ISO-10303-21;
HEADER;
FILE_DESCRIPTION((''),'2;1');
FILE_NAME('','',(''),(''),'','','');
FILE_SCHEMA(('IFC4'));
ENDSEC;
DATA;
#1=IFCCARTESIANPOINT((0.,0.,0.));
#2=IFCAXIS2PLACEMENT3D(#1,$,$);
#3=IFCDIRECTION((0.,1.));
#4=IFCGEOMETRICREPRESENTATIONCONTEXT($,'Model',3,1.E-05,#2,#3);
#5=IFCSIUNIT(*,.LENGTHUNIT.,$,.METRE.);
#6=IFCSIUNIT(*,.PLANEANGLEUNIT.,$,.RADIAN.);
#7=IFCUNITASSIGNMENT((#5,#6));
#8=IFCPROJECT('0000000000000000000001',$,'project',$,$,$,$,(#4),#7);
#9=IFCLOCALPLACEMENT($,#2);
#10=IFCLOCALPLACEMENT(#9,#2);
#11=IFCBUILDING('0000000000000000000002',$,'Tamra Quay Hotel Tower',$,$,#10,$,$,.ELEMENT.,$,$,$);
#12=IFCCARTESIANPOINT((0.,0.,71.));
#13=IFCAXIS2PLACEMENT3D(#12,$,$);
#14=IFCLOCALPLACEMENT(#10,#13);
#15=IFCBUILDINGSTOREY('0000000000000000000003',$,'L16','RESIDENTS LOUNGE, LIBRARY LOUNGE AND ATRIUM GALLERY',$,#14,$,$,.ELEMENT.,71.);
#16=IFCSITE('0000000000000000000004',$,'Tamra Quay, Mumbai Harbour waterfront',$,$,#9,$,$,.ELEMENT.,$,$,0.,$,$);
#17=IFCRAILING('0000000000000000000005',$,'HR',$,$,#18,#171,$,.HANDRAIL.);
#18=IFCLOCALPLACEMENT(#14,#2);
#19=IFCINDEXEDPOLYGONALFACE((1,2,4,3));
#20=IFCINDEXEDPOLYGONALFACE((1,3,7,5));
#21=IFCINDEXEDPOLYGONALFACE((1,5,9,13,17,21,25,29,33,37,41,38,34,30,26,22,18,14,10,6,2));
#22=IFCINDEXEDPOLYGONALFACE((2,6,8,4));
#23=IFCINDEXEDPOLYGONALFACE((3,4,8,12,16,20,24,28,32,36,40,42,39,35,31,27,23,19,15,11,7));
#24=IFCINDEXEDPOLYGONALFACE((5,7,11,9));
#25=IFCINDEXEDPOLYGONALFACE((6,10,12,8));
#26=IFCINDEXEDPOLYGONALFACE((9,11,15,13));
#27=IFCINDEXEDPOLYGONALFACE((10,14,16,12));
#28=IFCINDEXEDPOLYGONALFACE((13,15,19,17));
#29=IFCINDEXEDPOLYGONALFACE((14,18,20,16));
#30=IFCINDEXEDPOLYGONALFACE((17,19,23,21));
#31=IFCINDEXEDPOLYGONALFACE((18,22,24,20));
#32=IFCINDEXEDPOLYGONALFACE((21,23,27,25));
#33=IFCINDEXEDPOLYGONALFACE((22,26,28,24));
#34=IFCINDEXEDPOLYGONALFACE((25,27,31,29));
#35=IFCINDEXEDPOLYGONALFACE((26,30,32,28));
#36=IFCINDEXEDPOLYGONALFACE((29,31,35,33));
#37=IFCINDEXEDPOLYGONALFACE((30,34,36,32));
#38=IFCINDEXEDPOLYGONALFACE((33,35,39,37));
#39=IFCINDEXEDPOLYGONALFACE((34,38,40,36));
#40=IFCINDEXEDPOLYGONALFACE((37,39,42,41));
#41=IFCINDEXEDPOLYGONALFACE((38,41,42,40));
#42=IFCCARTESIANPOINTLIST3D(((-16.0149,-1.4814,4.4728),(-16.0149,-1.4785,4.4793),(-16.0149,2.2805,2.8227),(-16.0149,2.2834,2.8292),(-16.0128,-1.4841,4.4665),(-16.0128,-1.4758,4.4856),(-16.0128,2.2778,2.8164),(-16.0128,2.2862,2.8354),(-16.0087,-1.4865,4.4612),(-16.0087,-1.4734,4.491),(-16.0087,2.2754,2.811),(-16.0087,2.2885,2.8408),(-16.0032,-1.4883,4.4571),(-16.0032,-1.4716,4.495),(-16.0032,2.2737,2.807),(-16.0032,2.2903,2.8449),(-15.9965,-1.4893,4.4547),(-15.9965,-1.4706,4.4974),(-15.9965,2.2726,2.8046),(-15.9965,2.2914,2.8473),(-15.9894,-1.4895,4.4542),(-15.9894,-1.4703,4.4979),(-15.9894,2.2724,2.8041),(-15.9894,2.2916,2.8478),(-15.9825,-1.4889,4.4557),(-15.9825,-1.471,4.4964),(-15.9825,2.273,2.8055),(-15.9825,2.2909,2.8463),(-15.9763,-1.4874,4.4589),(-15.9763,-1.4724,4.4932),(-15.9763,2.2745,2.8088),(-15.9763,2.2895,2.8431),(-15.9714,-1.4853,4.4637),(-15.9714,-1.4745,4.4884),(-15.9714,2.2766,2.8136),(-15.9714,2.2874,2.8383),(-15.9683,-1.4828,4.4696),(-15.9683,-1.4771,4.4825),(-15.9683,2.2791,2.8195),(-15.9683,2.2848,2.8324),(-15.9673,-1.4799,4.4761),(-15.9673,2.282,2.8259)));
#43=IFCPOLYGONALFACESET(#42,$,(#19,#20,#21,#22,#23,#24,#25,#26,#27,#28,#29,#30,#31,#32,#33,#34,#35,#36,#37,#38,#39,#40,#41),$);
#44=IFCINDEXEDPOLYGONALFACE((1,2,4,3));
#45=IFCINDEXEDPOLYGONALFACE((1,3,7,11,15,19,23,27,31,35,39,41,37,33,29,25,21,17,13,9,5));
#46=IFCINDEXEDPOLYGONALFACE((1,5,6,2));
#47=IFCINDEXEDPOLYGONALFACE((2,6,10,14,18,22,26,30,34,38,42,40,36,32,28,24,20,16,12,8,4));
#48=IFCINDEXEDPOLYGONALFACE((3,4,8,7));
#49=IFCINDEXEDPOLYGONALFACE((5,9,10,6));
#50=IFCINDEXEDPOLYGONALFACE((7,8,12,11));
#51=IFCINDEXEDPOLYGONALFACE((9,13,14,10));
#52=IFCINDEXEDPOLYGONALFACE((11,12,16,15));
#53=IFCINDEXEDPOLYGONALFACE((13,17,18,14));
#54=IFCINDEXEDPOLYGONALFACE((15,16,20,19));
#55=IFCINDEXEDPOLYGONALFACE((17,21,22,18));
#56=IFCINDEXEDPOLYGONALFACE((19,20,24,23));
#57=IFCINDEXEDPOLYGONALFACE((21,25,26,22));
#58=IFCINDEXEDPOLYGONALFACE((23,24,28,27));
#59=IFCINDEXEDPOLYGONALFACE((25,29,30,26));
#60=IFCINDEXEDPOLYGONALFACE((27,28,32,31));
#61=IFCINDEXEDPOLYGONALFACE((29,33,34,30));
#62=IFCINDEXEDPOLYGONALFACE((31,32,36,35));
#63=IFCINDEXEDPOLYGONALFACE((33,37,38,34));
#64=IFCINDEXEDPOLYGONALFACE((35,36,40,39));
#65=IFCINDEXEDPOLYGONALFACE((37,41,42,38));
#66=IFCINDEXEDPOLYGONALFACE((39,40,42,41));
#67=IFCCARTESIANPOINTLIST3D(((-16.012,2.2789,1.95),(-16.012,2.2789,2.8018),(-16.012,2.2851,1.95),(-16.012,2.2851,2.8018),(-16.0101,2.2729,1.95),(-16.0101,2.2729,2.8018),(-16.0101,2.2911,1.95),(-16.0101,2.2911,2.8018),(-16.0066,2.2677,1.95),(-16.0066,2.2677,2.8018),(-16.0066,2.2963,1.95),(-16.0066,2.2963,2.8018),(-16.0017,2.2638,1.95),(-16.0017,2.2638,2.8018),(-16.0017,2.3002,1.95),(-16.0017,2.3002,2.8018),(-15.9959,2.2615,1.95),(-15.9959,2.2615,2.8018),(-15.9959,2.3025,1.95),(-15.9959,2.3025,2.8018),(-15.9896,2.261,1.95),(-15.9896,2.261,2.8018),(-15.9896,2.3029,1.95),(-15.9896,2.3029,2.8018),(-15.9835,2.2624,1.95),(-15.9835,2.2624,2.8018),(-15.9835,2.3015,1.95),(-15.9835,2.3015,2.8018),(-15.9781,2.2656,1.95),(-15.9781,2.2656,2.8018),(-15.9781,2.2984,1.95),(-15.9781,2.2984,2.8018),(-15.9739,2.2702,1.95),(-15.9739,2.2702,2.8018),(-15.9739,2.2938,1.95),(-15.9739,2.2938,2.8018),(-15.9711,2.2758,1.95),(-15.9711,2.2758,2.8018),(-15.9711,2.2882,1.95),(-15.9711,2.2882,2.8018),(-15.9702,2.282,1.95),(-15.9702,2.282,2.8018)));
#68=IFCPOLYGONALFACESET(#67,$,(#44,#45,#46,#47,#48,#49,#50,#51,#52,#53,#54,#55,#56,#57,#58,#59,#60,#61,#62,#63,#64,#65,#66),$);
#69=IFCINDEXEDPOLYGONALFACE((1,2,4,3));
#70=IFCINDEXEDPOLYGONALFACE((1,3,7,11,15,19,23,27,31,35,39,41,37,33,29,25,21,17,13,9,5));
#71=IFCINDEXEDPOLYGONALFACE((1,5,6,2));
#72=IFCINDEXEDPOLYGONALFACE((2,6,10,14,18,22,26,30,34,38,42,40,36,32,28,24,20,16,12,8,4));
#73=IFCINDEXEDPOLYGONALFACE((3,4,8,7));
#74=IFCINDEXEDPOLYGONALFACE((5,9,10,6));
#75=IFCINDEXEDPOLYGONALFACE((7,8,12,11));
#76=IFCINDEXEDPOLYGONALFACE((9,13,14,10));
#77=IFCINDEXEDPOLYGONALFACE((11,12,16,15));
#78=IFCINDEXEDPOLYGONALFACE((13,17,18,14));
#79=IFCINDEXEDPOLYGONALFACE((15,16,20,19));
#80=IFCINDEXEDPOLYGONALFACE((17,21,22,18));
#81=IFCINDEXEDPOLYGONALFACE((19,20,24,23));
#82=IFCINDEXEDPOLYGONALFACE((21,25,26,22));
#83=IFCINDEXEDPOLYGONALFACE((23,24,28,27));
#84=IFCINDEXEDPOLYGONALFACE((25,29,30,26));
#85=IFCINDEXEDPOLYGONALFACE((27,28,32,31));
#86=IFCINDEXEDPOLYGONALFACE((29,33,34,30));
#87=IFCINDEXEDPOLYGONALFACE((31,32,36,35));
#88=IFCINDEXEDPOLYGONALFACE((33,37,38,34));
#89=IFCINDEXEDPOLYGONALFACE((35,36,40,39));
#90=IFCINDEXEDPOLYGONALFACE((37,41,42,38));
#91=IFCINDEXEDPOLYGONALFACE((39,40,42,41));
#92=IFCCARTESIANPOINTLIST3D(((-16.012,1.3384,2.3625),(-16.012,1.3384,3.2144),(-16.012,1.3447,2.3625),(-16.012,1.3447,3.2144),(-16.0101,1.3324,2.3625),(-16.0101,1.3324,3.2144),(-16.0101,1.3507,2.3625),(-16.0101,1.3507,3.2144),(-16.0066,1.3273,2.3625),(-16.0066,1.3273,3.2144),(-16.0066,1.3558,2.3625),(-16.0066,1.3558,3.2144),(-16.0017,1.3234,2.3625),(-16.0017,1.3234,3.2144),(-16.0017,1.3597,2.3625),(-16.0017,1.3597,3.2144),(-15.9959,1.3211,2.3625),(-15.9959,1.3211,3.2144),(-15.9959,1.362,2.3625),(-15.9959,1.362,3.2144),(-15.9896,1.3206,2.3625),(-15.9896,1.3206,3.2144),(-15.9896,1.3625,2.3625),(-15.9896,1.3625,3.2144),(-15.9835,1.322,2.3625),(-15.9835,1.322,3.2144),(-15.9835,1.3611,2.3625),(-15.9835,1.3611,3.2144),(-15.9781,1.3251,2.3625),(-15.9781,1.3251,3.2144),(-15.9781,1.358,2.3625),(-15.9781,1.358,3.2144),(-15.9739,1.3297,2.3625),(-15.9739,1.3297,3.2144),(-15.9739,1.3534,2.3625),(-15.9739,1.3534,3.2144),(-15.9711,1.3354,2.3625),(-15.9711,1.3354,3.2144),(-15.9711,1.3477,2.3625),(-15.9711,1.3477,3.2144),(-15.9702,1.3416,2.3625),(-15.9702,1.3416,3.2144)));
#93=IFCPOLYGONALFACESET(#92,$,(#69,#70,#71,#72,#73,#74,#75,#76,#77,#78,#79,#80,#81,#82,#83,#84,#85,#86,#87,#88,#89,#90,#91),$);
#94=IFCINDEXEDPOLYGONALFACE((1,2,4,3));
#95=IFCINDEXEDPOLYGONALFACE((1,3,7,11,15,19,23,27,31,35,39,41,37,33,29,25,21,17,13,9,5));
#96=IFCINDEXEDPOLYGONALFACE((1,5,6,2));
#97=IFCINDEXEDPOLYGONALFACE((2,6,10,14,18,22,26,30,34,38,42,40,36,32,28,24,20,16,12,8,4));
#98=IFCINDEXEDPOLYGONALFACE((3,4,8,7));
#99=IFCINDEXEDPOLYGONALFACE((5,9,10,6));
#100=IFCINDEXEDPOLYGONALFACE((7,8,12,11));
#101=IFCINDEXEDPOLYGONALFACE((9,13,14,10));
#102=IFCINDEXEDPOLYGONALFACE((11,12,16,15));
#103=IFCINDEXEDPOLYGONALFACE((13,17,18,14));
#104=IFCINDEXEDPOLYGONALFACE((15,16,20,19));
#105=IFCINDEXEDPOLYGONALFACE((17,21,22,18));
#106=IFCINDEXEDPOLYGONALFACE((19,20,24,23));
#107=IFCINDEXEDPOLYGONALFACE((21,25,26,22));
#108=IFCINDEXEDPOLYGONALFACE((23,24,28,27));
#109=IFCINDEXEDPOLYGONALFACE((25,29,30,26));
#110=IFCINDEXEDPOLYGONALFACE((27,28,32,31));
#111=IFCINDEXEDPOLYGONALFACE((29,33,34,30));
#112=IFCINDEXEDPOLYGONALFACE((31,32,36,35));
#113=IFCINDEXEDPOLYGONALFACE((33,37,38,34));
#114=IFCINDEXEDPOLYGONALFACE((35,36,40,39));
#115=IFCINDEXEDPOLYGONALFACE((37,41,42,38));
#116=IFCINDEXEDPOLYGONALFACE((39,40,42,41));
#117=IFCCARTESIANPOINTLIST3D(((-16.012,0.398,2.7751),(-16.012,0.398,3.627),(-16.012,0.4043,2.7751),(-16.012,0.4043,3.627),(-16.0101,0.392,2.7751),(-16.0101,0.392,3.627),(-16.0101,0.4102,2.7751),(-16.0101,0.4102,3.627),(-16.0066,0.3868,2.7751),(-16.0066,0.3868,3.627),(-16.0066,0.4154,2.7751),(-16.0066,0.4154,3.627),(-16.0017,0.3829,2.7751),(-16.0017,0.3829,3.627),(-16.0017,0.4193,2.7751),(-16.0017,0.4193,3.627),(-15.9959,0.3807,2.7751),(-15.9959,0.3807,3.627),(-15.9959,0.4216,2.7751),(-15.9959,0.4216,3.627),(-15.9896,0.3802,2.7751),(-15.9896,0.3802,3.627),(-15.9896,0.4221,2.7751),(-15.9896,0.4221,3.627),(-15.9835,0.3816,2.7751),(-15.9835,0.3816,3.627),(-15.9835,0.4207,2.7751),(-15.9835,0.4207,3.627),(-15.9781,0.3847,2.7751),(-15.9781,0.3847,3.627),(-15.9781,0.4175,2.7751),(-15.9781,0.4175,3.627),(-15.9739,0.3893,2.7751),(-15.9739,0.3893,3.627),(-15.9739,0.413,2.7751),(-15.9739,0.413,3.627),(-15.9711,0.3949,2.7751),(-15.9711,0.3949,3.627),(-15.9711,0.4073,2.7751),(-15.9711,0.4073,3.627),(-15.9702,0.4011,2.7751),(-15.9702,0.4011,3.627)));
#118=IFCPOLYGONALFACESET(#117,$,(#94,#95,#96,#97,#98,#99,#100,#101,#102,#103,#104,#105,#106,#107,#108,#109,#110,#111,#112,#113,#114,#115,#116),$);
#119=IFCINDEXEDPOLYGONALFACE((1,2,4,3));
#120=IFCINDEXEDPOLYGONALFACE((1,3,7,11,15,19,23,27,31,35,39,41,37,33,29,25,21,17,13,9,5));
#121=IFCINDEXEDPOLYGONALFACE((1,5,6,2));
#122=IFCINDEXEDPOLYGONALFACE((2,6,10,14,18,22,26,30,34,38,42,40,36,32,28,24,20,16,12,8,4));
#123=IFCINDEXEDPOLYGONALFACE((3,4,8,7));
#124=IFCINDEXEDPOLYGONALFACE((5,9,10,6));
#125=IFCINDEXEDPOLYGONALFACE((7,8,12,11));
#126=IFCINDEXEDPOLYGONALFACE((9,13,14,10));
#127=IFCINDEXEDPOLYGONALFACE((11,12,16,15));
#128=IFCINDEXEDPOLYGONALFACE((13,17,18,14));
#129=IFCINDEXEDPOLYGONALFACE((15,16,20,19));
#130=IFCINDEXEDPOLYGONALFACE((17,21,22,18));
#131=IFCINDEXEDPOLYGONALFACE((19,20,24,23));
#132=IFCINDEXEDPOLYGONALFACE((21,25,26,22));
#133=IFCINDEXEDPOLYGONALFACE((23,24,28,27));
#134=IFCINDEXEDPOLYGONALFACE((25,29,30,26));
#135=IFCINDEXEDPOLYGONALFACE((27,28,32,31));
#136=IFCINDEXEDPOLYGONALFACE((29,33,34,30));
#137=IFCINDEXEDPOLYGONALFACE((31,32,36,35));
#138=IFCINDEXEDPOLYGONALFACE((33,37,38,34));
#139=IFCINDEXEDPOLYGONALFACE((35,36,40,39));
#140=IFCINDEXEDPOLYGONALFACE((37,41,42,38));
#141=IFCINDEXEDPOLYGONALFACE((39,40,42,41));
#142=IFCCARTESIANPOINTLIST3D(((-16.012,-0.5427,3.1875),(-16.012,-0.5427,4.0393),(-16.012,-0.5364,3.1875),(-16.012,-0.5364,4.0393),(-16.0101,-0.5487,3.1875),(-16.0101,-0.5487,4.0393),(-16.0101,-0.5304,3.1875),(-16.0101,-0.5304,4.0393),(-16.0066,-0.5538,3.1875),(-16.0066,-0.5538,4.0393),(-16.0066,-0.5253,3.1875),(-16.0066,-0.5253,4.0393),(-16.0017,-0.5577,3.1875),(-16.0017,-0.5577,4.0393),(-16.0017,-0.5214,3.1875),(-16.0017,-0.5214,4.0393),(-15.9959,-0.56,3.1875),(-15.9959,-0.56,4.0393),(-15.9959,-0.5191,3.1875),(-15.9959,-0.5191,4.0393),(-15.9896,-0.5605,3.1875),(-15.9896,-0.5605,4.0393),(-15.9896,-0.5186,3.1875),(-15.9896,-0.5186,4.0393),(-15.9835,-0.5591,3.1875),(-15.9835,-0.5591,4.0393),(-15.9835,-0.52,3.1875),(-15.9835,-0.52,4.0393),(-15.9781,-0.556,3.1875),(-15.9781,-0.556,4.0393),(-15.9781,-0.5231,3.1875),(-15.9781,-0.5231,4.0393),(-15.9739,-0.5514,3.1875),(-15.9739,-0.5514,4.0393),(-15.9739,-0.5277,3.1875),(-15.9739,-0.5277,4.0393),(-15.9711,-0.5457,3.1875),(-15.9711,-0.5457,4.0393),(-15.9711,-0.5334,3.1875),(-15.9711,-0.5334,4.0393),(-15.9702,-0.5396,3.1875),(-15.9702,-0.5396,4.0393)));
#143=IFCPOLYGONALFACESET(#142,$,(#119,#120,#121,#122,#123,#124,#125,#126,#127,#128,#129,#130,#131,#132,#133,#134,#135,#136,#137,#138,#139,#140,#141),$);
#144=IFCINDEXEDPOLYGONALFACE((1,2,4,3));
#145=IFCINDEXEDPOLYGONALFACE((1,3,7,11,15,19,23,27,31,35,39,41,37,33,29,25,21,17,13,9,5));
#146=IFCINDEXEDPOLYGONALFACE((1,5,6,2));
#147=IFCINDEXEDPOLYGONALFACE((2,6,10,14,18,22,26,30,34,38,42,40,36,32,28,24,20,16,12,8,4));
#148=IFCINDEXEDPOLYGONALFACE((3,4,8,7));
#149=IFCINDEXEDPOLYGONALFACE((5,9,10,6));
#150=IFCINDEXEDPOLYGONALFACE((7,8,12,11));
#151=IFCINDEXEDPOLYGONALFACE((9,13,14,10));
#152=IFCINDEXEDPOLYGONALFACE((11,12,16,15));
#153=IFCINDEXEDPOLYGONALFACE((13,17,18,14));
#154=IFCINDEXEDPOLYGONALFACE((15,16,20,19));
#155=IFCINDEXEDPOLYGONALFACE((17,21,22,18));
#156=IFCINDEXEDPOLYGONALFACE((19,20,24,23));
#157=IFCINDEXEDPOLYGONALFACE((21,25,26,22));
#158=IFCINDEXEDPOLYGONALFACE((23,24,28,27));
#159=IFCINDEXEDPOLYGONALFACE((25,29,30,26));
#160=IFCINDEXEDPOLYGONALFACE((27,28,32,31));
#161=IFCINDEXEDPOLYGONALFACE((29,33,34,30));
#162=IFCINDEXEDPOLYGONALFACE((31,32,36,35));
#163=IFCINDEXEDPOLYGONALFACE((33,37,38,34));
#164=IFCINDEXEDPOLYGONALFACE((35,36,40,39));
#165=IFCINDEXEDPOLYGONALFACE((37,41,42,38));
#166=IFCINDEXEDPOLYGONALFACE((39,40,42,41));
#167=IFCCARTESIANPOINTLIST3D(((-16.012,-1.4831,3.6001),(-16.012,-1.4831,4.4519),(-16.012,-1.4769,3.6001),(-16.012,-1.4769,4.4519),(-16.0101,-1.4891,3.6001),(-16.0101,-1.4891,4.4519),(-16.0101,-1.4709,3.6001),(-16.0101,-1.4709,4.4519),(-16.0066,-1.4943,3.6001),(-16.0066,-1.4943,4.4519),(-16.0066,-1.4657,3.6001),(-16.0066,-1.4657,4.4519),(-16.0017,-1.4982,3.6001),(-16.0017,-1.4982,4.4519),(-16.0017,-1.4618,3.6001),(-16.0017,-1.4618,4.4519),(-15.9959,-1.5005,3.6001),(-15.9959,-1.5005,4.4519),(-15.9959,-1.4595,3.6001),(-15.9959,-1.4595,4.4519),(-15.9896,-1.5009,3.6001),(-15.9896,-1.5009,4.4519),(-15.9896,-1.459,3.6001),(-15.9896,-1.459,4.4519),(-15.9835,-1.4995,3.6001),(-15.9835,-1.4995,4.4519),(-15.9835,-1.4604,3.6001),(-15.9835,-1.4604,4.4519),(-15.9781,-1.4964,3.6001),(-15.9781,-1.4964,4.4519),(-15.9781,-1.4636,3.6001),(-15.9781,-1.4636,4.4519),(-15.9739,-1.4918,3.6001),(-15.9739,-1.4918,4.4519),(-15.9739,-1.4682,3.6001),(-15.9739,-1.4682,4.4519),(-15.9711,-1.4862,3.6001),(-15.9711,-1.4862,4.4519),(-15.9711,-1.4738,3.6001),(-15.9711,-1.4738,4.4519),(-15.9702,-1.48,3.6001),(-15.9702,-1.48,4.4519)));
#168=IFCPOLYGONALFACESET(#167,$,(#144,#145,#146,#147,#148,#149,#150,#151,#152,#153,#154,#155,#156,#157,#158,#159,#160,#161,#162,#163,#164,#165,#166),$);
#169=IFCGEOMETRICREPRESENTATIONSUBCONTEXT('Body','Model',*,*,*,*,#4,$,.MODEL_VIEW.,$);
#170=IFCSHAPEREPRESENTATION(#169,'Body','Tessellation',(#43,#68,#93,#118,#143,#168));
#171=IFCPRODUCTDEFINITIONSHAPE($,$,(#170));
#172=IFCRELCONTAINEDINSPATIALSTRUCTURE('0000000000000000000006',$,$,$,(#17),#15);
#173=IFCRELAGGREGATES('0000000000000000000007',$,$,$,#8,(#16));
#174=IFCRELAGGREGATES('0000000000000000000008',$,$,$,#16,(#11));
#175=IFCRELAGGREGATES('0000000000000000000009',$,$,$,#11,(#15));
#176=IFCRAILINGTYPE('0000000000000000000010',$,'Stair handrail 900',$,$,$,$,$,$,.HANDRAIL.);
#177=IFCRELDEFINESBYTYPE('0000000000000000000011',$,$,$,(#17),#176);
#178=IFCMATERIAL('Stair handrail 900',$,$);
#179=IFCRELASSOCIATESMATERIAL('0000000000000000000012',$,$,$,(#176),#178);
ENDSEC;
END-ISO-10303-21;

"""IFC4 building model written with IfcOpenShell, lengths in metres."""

from ifc_helpers import new_model, si_unit, direction, frame, origin, origin_2d, place, context, subcontext, project, spatial, circle, extrude, material, type_object, element, save


model = new_model("IFC4")

# Units and contexts
model_context = context("Model", 3, precision=1e-05, world=origin(), true_north=direction((0.0, 1.0)))
body_context = subcontext(model_context, "Body", "Model", "MODEL_VIEW")
ifc_project = project(units=[si_unit("LENGTHUNIT", "METRE"), si_unit("PLANEANGLEUNIT", "RADIAN")], contexts=[model_context])

# Site, building, storey
site_placement = place(None, origin())
site = spatial("IfcSite", under=ifc_project, at=site_placement, Name="Tamra Quay, Mumbai Harbour waterfront", CompositionType="ELEMENT", RefElevation=0.0)
building_placement = place(site_placement, origin())
building = spatial("IfcBuilding", under=site, at=building_placement, Name="Tamra Quay Hotel Tower", CompositionType="ELEMENT")
storey_placement = place(building_placement, frame((0.0, 0.0, 71.0)))
storey = spatial("IfcBuildingStorey", under=building, at=storey_placement, Name="L16", Description="RESIDENTS LOUNGE, LIBRARY LOUNGE AND ATRIUM GALLERY", CompositionType="ELEMENT", Elevation=71.0)

# Railing
ifc_material_1 = material(Name="Stair handrail 900")
railing_type = type_object("IfcRailingType", Name="Stair handrail 900", PredefinedType="HANDRAIL", material=ifc_material_1)
railing_1_placement = place(storey_placement, frame((-15.9912, 2.282, 1.95)))
element("IfcRailing", 1, at=railing_1_placement, inside=storey, type_object=railing_type, Name="HR", PredefinedType="HANDRAIL", context=body_context, shape_type="SweptSolid", body=[
    extrude(circle(Radius=0.0239, at=origin_2d()), frame((0.0, 0.0, 0.876), z_axis=(0.0, -0.915774, 0.401695), x_axis=(1.0, 0.0, 0.0)), (0.0, 0.0, 1.0), 4.1079),
    extrude(circle(Radius=0.021, at=origin_2d()), origin(), (0.0, 0.0, 1.0), 0.8518),
    extrude(circle(Radius=0.021, at=origin_2d()), frame((0.0, -0.9404, 0.4126)), (0.0, 0.0, 1.0), 0.8518),
    extrude(circle(Radius=0.021, at=origin_2d()), frame((0.0, -1.8809, 0.8252)), (0.0, 0.0, 1.0), 0.8518),
    extrude(circle(Radius=0.021, at=origin_2d()), frame((0.0, -2.8215, 1.2375)), (0.0, 0.0, 1.0), 0.8518),
    extrude(circle(Radius=0.021, at=origin_2d()), frame((0.0, -3.762, 1.6501)), (0.0, 0.0, 1.0), 0.8518),
])

save(model, "model.ifc")
